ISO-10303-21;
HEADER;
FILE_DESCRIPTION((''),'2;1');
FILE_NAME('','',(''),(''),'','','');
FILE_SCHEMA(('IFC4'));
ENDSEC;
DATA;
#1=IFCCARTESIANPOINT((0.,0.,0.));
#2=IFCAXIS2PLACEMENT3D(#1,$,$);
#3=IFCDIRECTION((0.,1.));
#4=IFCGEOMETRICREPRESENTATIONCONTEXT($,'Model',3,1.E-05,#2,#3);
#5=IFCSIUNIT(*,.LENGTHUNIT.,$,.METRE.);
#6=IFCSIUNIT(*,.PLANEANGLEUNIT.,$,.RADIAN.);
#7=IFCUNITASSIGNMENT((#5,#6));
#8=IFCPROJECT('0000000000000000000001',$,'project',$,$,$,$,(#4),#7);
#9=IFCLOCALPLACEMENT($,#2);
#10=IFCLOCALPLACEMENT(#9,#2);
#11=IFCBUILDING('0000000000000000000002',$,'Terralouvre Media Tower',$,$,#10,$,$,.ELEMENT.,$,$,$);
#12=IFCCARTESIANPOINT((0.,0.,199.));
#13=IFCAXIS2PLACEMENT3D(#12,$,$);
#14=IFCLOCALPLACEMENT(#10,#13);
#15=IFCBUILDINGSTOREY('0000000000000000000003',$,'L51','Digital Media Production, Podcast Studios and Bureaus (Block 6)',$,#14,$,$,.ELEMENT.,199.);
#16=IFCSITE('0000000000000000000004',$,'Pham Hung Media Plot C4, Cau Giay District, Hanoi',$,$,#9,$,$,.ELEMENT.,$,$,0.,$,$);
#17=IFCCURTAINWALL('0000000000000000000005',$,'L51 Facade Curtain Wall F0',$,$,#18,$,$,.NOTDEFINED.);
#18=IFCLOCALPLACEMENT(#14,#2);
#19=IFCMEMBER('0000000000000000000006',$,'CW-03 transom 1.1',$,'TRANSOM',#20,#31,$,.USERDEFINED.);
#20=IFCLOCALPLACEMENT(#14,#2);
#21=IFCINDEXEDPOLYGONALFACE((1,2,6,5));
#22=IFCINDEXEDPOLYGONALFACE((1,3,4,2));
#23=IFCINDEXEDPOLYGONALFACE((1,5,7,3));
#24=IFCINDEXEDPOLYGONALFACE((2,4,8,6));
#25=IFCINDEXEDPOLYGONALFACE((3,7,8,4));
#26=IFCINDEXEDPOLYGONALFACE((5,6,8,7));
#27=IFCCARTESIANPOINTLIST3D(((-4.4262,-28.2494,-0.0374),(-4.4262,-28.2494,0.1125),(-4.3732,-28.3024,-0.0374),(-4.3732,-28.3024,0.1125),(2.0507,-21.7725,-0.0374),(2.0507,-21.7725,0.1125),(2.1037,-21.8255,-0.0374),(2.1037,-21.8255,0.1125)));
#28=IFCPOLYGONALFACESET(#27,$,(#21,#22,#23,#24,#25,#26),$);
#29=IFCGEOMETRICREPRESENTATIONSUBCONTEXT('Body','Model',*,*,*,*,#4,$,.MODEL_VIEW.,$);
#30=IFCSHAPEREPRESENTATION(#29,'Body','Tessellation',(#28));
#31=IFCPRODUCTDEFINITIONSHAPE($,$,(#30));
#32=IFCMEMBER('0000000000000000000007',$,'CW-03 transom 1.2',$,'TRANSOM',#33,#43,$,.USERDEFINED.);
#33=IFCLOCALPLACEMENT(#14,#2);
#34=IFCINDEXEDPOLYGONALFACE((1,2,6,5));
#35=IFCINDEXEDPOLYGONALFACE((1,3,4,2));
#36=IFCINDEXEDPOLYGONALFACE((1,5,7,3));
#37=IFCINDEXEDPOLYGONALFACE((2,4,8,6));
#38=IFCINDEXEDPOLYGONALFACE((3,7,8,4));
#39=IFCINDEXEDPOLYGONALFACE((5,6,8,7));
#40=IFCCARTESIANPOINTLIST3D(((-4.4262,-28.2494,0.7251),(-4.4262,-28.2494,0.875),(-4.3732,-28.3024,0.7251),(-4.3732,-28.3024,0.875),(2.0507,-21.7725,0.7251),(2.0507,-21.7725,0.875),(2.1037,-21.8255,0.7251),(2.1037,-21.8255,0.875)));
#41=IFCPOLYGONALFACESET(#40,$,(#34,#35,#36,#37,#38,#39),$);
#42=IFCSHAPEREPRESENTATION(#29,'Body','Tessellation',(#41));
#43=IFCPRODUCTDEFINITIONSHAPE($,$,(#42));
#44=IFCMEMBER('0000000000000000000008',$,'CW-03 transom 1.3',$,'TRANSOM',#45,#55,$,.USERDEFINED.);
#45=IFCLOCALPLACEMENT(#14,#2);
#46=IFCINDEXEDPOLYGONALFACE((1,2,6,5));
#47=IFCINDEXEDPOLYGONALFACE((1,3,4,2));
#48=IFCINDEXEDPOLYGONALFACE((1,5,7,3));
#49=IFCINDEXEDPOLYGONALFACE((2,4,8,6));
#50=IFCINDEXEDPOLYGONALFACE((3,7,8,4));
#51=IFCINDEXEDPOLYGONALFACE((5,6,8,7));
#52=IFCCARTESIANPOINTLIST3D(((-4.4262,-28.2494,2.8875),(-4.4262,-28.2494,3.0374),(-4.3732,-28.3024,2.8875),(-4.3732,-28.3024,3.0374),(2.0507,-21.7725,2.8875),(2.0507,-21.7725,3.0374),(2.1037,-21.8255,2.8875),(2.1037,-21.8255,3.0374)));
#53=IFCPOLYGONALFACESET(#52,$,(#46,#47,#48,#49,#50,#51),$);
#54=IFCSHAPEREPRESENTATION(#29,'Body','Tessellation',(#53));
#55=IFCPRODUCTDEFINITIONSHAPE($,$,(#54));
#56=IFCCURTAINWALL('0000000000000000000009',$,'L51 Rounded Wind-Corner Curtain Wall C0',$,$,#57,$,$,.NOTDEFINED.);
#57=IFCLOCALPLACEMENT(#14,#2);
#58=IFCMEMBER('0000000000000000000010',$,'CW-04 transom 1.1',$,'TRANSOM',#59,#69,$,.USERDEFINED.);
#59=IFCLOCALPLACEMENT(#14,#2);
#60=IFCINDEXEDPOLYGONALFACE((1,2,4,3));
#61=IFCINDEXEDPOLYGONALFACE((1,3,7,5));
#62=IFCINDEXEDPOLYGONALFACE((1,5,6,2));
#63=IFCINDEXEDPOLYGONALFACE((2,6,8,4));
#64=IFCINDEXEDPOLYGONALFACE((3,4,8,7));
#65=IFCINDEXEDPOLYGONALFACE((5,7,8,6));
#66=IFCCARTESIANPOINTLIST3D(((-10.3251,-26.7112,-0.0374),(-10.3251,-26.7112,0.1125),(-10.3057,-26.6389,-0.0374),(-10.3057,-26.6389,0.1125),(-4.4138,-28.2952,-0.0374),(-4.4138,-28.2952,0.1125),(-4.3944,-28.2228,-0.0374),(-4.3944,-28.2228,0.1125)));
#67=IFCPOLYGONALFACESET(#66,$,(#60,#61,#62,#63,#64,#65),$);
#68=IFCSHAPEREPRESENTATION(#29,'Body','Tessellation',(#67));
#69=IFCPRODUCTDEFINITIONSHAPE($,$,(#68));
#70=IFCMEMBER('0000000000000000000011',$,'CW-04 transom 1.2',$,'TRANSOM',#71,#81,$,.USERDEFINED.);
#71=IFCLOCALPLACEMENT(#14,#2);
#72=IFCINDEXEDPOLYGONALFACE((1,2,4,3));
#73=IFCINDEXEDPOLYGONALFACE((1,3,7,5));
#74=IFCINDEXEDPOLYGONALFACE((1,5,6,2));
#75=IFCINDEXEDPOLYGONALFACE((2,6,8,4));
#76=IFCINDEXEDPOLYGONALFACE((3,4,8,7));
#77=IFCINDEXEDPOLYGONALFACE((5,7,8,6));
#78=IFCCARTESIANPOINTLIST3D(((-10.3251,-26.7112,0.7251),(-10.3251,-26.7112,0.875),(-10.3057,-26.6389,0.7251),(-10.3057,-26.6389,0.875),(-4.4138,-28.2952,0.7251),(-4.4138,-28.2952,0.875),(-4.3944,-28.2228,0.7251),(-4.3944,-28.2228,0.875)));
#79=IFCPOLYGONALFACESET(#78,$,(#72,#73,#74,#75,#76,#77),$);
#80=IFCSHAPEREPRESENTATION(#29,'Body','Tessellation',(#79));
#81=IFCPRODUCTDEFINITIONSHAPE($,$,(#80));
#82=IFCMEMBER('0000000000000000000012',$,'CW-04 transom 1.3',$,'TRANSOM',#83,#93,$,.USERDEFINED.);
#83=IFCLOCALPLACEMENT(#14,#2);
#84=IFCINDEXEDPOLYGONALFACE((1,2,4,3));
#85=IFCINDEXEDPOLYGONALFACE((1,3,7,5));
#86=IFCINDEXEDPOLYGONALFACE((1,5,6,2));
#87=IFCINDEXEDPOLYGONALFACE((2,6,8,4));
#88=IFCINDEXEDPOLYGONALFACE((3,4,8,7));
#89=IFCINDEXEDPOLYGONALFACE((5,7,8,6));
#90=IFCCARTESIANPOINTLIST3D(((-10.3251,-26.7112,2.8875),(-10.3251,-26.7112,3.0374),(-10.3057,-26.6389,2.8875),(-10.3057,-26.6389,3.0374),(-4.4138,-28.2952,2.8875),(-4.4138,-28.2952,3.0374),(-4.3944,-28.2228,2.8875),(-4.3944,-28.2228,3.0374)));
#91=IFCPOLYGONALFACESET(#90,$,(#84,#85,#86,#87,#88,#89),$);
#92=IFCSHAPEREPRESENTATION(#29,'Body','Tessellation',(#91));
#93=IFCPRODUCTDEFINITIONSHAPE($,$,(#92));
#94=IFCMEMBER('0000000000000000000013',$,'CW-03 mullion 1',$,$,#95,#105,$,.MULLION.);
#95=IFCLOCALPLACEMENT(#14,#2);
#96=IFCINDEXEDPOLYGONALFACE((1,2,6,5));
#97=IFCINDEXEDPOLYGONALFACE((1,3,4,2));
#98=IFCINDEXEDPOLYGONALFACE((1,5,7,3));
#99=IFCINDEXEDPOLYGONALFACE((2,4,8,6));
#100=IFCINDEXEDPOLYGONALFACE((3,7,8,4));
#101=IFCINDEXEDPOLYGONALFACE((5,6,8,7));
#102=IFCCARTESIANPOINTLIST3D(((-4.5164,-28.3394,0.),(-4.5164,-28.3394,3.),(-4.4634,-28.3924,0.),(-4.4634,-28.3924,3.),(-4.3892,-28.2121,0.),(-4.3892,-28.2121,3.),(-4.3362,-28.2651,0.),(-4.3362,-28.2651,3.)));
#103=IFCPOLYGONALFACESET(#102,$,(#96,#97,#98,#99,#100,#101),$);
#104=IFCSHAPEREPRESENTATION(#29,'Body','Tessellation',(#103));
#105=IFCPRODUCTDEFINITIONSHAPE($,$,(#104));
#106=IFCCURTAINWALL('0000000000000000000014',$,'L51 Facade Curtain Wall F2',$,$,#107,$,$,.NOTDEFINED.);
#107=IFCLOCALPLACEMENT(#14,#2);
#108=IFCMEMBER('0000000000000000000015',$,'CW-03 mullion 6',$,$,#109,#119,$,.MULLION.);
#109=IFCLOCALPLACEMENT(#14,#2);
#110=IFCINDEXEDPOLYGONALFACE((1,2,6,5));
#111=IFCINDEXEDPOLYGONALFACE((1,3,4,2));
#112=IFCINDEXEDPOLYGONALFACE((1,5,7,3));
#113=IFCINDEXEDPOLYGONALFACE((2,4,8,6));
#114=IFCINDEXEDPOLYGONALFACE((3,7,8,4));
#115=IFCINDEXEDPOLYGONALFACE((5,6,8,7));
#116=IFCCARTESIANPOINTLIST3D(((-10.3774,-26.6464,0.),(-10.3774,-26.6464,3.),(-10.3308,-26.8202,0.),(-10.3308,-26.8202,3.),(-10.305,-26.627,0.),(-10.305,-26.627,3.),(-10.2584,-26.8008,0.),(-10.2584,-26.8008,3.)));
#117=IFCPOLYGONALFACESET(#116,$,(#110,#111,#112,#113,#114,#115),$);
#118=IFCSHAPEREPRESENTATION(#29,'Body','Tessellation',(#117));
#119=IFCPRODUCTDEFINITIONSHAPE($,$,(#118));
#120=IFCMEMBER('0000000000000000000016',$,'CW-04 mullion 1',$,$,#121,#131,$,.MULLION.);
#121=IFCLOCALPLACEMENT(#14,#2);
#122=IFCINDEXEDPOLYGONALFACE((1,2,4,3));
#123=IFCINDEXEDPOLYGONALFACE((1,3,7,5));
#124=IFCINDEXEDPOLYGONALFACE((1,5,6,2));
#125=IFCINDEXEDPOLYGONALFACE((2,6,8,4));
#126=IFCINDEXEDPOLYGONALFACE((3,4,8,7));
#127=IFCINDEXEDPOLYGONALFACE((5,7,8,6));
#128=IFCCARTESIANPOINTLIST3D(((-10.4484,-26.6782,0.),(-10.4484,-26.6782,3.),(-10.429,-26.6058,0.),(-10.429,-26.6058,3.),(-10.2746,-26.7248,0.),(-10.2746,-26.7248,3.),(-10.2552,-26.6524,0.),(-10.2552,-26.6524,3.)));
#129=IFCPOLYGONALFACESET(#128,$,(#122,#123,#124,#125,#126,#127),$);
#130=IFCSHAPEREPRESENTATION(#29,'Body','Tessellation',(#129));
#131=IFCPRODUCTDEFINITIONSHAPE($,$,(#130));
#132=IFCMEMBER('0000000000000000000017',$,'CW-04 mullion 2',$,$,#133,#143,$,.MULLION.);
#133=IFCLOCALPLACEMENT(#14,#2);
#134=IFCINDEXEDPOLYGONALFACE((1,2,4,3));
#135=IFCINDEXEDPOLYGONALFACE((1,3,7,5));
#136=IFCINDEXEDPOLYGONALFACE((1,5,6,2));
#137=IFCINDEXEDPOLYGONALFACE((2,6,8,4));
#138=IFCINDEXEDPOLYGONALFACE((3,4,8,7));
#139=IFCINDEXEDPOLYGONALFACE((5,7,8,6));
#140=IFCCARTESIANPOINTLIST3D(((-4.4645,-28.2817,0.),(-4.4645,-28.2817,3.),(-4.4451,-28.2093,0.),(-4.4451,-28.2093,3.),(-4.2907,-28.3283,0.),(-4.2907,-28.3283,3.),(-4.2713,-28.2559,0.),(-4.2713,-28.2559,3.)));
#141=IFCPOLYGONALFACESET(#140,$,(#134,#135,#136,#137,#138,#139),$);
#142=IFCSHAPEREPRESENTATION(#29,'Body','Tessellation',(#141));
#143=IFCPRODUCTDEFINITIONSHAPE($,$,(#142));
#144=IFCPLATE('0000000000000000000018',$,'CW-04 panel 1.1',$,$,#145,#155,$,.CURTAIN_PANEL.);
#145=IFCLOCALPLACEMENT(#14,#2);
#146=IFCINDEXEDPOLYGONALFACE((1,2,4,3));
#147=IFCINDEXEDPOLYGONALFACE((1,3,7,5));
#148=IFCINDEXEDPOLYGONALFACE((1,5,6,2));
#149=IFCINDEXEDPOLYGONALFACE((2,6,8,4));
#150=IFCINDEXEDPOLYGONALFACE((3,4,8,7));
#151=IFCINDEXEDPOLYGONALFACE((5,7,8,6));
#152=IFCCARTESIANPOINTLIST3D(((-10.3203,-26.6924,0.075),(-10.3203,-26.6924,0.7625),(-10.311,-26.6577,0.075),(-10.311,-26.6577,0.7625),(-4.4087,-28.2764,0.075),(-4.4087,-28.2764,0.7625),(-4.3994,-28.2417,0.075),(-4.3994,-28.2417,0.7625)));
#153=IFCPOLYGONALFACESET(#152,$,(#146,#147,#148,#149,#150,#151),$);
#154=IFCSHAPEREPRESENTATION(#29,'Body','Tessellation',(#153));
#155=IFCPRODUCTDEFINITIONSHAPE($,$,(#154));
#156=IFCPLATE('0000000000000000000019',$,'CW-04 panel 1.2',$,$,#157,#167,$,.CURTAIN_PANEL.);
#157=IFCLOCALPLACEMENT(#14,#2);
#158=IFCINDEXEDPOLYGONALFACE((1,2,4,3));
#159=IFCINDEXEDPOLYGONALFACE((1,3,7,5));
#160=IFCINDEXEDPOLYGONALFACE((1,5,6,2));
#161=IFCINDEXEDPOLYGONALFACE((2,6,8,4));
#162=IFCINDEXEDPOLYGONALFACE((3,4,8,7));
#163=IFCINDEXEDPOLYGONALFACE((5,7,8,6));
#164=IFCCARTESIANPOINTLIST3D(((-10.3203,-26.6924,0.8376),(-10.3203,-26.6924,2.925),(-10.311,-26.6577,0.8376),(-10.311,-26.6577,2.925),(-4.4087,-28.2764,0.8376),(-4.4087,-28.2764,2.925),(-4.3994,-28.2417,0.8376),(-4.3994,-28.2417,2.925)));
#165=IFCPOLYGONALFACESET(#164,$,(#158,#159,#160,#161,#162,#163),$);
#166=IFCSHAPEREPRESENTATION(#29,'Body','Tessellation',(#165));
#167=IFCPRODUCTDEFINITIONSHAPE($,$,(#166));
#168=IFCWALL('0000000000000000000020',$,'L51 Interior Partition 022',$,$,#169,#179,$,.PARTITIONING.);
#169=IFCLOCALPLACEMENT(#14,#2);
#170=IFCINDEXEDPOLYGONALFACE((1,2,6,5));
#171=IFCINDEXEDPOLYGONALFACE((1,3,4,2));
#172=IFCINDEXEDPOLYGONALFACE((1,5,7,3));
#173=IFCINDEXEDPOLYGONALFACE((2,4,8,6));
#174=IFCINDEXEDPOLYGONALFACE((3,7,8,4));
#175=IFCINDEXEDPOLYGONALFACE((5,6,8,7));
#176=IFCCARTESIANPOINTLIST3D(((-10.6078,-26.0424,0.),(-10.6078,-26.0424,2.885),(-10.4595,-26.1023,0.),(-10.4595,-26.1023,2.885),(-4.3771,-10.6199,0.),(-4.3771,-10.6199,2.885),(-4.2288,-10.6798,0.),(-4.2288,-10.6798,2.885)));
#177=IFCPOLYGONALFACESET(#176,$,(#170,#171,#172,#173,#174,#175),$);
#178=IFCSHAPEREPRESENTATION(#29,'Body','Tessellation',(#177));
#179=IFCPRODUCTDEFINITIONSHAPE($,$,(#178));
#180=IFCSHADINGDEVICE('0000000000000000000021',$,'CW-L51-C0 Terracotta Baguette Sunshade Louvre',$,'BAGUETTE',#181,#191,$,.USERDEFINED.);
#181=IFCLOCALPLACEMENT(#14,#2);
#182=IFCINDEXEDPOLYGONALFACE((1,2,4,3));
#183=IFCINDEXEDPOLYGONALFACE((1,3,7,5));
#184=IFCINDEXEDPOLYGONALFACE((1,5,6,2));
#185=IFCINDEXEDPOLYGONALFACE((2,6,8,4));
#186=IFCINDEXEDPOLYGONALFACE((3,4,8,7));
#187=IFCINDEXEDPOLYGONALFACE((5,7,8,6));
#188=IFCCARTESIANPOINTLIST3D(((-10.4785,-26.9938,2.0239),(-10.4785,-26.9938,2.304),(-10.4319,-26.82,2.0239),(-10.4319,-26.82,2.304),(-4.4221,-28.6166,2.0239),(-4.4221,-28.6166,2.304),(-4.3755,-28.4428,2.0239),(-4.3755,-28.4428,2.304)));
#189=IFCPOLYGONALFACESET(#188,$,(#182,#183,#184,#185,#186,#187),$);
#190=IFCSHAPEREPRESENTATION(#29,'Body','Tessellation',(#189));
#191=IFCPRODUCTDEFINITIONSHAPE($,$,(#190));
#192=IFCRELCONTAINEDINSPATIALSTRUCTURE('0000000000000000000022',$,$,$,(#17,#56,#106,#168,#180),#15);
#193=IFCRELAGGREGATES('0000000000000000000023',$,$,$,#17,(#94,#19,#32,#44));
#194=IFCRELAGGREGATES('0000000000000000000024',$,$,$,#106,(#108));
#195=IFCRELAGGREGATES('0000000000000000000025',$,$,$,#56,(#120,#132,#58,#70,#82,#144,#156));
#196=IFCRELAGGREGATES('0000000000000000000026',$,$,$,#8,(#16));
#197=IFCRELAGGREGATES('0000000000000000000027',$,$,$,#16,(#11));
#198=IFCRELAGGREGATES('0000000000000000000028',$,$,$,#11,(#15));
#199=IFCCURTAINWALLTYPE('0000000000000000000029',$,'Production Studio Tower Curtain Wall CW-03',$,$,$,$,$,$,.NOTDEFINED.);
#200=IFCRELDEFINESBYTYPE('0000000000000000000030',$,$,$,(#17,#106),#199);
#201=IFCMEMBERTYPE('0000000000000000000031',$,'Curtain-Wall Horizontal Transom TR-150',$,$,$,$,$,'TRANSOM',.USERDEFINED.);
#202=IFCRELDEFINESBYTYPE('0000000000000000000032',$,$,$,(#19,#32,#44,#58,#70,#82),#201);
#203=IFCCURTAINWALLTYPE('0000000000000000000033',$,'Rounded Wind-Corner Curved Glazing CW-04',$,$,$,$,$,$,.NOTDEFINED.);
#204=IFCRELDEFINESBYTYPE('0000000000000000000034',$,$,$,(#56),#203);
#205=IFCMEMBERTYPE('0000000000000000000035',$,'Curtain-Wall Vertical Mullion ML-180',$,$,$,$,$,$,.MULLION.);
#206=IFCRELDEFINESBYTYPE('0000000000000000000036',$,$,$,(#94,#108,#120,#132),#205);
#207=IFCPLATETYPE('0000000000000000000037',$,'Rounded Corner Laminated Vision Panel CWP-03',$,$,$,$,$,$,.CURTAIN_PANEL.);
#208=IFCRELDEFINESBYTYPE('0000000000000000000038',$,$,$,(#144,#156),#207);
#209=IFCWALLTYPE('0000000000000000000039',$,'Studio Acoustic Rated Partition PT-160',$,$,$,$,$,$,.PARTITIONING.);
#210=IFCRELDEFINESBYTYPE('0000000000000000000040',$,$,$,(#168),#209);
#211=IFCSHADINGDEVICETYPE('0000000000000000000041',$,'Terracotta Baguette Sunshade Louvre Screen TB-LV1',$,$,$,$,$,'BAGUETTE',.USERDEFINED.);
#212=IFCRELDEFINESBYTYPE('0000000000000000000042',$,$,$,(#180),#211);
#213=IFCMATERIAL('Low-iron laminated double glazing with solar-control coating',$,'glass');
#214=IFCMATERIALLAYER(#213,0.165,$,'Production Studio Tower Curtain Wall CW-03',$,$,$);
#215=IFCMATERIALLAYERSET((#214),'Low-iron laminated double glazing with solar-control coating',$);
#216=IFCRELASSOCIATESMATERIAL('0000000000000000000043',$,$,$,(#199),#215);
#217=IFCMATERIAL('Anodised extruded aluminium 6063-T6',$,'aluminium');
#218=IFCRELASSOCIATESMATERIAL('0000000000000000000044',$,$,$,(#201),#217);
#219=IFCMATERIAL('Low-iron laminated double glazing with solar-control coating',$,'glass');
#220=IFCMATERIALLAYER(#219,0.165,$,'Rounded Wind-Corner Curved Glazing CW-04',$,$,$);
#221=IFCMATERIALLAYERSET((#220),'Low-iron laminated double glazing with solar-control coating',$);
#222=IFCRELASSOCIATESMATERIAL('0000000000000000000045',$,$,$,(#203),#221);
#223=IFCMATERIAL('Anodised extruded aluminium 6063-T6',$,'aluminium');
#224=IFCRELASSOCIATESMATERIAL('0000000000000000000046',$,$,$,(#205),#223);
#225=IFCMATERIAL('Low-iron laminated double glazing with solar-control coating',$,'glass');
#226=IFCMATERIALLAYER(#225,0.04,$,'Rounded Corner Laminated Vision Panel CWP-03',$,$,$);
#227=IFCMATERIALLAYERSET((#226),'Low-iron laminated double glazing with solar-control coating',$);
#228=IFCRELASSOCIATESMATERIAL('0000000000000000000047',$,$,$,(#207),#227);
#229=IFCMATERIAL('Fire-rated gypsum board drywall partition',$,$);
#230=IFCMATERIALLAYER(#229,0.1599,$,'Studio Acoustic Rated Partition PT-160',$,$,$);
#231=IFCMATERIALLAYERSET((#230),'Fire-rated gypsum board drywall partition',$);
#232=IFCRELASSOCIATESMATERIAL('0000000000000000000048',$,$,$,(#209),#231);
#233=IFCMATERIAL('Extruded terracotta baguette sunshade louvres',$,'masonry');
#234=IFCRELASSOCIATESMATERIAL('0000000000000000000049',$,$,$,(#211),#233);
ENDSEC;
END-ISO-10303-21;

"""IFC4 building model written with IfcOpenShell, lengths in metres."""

from ifc_helpers import new_model, si_unit, direction, frame, frame_2d, origin, origin_2d, place, context, subcontext, project, spatial, rectangle, extrude, material, layer, layer_set, material_profile, profile_set, type_object, element, aggregate, save


model = new_model("IFC4")

# Units and contexts
model_context = context("Model", 3, precision=1e-05, world=origin(), true_north=direction((0.0, 1.0)))
body_context = subcontext(model_context, "Body", "Model", "MODEL_VIEW")
ifc_project = project(units=[si_unit("LENGTHUNIT", "METRE"), si_unit("PLANEANGLEUNIT", "RADIAN")], contexts=[model_context])

# Site, building, storey
site_placement = place(None, origin())
site = spatial("IfcSite", under=ifc_project, at=site_placement, Name="Pham Hung Media Plot C4, Cau Giay District, Hanoi", CompositionType="ELEMENT", RefElevation=0.0)
building_placement = place(site_placement, origin())
building = spatial("IfcBuilding", under=site, at=building_placement, Name="Terralouvre Media Tower", CompositionType="ELEMENT")
storey_placement = place(building_placement, frame((0.0, 0.0, 199.0)))
storey = spatial("IfcBuildingStorey", under=building, at=storey_placement, Name="L51", Description="Digital Media Production, Podcast Studios and Bureaus (Block 6)", CompositionType="ELEMENT", Elevation=199.0)

# Curtain walls, members
ifc_material_1 = material(Name="Low-iron laminated double glazing with solar-control coating", Category="glass")
ifc_layer_1 = layer(ifc_material_1, 0.165, Name="Production Studio Tower Curtain Wall CW-03")
ifc_layer_set_1 = layer_set([ifc_layer_1], Name="Low-iron laminated double glazing with solar-control coating")
curtain_wall_type_1 = type_object("IfcCurtainWallType", Name="Production Studio Tower Curtain Wall CW-03", PredefinedType="NOTDEFINED", material=ifc_layer_set_1)
curtain_wall_1_placement = place(storey_placement, origin())
curtain_wall_1 = element("IfcCurtainWall", 1, at=curtain_wall_1_placement, inside=storey, type_object=curtain_wall_type_1, Name="L51 Facade Curtain Wall F0", PredefinedType="NOTDEFINED")
ifc_material_2 = material(Name="Anodised extruded aluminium 6063-T6", Category="aluminium")
ifc_material_profile_1 = material_profile(ifc_material_2, rectangle(XDim=0.075, YDim=0.1499, at=origin_2d()), Name="ALU 75x150")
ifc_profile_set_1 = profile_set([ifc_material_profile_1], Name="Anodised extruded aluminium 6063-T6")
member_type_1 = type_object("IfcMemberType", Name="Curtain-Wall Horizontal Transom TR-150", ElementType="TRANSOM", PredefinedType="USERDEFINED", material=ifc_profile_set_1)
member_1_placement = place(storey_placement, frame((-4.3997, -28.2759, 0.0376), z_axis=(0.707107, 0.707107, 0.0), x_axis=(-0.707107, 0.707107, 0.0)))
member_1 = element("IfcMember", 2, at=member_1_placement, type_object=member_type_1, Name="CW-03 transom 1.1", ObjectType="TRANSOM", PredefinedType="USERDEFINED", context=body_context, shape_type="SweptSolid", body=[
    extrude(rectangle(XDim=0.075, YDim=0.1499, at=origin_2d()), origin(), (0.0, 0.0, 1.0), 9.1597),
])
member_2_placement = place(storey_placement, frame((-4.3997, -28.2759, 0.8), z_axis=(0.707107, 0.707107, 0.0), x_axis=(-0.707107, 0.707107, 0.0)))
member_2 = element("IfcMember", 3, at=member_2_placement, type_object=member_type_1, Name="CW-03 transom 1.2", ObjectType="TRANSOM", PredefinedType="USERDEFINED", context=body_context, shape_type="SweptSolid", body=[
    extrude(rectangle(XDim=0.075, YDim=0.1499, at=origin_2d()), origin(), (0.0, 0.0, 1.0), 9.1597),
])
member_3_placement = place(storey_placement, frame((-4.3997, -28.2759, 2.9624), z_axis=(0.707107, 0.707107, 0.0), x_axis=(-0.707107, 0.707107, 0.0)))
member_3 = element("IfcMember", 4, at=member_3_placement, type_object=member_type_1, Name="CW-03 transom 1.3", ObjectType="TRANSOM", PredefinedType="USERDEFINED", context=body_context, shape_type="SweptSolid", body=[
    extrude(rectangle(XDim=0.075, YDim=0.1499, at=origin_2d()), origin(), (0.0, 0.0, 1.0), 9.1597),
])
ifc_material_3 = material(Name="Low-iron laminated double glazing with solar-control coating", Category="glass")
ifc_layer_2 = layer(ifc_material_3, 0.165, Name="Rounded Wind-Corner Curved Glazing CW-04")
ifc_layer_set_2 = layer_set([ifc_layer_2], Name="Low-iron laminated double glazing with solar-control coating")
curtain_wall_type_2 = type_object("IfcCurtainWallType", Name="Rounded Wind-Corner Curved Glazing CW-04", PredefinedType="NOTDEFINED", material=ifc_layer_set_2)
curtain_wall_2_placement = place(storey_placement, origin())
curtain_wall_2 = element("IfcCurtainWall", 5, at=curtain_wall_2_placement, inside=storey, type_object=curtain_wall_type_2, Name="L51 Rounded Wind-Corner Curtain Wall C0", PredefinedType="NOTDEFINED")
member_4_placement = place(storey_placement, frame((-10.3154, -26.675, 0.0376), z_axis=(0.965924, -0.258824, 0.0), x_axis=(0.258824, 0.965924, 0.0)))
member_4 = element("IfcMember", 6, at=member_4_placement, type_object=member_type_1, Name="CW-04 transom 1.1", ObjectType="TRANSOM", PredefinedType="USERDEFINED", context=body_context, shape_type="SweptSolid", body=[
    extrude(rectangle(XDim=0.075, YDim=0.1499, at=origin_2d()), origin(), (0.0, 0.0, 1.0), 6.1199),
])
member_5_placement = place(storey_placement, frame((-10.3154, -26.675, 0.8), z_axis=(0.965924, -0.258824, 0.0), x_axis=(0.258824, 0.965924, 0.0)))
member_5 = element("IfcMember", 7, at=member_5_placement, type_object=member_type_1, Name="CW-04 transom 1.2", ObjectType="TRANSOM", PredefinedType="USERDEFINED", context=body_context, shape_type="SweptSolid", body=[
    extrude(rectangle(XDim=0.075, YDim=0.1499, at=origin_2d()), origin(), (0.0, 0.0, 1.0), 6.1199),
])
member_6_placement = place(storey_placement, frame((-10.3154, -26.675, 2.9624), z_axis=(0.965924, -0.258824, 0.0), x_axis=(0.258824, 0.965924, 0.0)))
member_6 = element("IfcMember", 8, at=member_6_placement, type_object=member_type_1, Name="CW-04 transom 1.3", ObjectType="TRANSOM", PredefinedType="USERDEFINED", context=body_context, shape_type="SweptSolid", body=[
    extrude(rectangle(XDim=0.075, YDim=0.1499, at=origin_2d()), origin(), (0.0, 0.0, 1.0), 6.1199),
])

# Member
ifc_material_4 = material(Name="Anodised extruded aluminium 6063-T6", Category="aluminium")
ifc_material_profile_2 = material_profile(ifc_material_4, rectangle(XDim=0.075, YDim=0.1799, at=origin_2d()), Name="ALU 75x180")
ifc_profile_set_2 = profile_set([ifc_material_profile_2], Name="Anodised extruded aluminium 6063-T6")
member_type_2 = type_object("IfcMemberType", Name="Curtain-Wall Vertical Mullion ML-180", PredefinedType="MULLION", material=ifc_profile_set_2)
member_7_placement = place(storey_placement, frame((-4.4263, -28.3022, 0.0), z_axis=(0.0, 0.0, 1.0), x_axis=(-0.707107, 0.707107, 0.0)))
member_7 = element("IfcMember", 9, at=member_7_placement, type_object=member_type_2, Name="CW-03 mullion 1", PredefinedType="MULLION", context=body_context, shape_type="SweptSolid", body=[
    extrude(rectangle(XDim=0.075, YDim=0.1799, at=origin_2d()), origin(), (0.0, 0.0, 1.0), 3.0),
])
aggregate(curtain_wall_1, [member_7, member_1, member_2, member_3])

# Curtain wall, member
curtain_wall_3_placement = place(storey_placement, origin())
curtain_wall_3 = element("IfcCurtainWall", 10, at=curtain_wall_3_placement, inside=storey, type_object=curtain_wall_type_1, Name="L51 Facade Curtain Wall F2", PredefinedType="NOTDEFINED")
member_8_placement = place(storey_placement, frame((-10.3179, -26.7236, 0.0), z_axis=(0.0, 0.0, 1.0), x_axis=(0.965926, 0.258819, 0.0)))
member_8 = element("IfcMember", 11, at=member_8_placement, type_object=member_type_2, Name="CW-03 mullion 6", PredefinedType="MULLION", context=body_context, shape_type="SweptSolid", body=[
    extrude(rectangle(XDim=0.075, YDim=0.1799, at=origin_2d()), origin(), (0.0, 0.0, 1.0), 3.0),
])
aggregate(curtain_wall_3, [member_8])

# Members
member_9_placement = place(storey_placement, frame((-10.3518, -26.6653, 0.0), z_axis=(0.0, 0.0, 1.0), x_axis=(0.258819, 0.965926, 0.0)))
member_9 = element("IfcMember", 12, at=member_9_placement, type_object=member_type_2, Name="CW-04 mullion 1", PredefinedType="MULLION", context=body_context, shape_type="SweptSolid", body=[
    extrude(rectangle(XDim=0.075, YDim=0.1799, at=origin_2d()), origin(), (0.0, 0.0, 1.0), 3.0),
])
member_10_placement = place(storey_placement, frame((-4.3679, -28.2688, 0.0), z_axis=(0.0, 0.0, 1.0), x_axis=(0.258819, 0.965926, 0.0)))
member_10 = element("IfcMember", 13, at=member_10_placement, type_object=member_type_2, Name="CW-04 mullion 2", PredefinedType="MULLION", context=body_context, shape_type="SweptSolid", body=[
    extrude(rectangle(XDim=0.075, YDim=0.1799, at=origin_2d()), origin(), (0.0, 0.0, 1.0), 3.0),
])

# Plates
ifc_material_5 = material(Name="Low-iron laminated double glazing with solar-control coating", Category="glass")
ifc_layer_3 = layer(ifc_material_5, 0.04, Name="Rounded Corner Laminated Vision Panel CWP-03")
ifc_layer_set_3 = layer_set([ifc_layer_3], Name="Low-iron laminated double glazing with solar-control coating")
plate_type = type_object("IfcPlateType", Name="Rounded Corner Laminated Vision Panel CWP-03", PredefinedType="CURTAIN_PANEL", material=ifc_layer_set_3)
plate_1_placement = place(storey_placement, frame((-7.3599, -27.467, 0.075), z_axis=(0.0, 0.0, 1.0), x_axis=(0.965926, -0.258819, 0.0)))
plate_1 = element("IfcPlate", 14, at=plate_1_placement, type_object=plate_type, Name="CW-04 panel 1.1", PredefinedType="CURTAIN_PANEL", context=body_context, shape_type="SweptSolid", body=[
    extrude(rectangle(XDim=6.1201, YDim=0.0359, at=origin_2d()), origin(), (0.0, 0.0, 1.0), 0.6875),
])
plate_2_placement = place(storey_placement, frame((-7.3599, -27.467, 0.8376), z_axis=(0.0, 0.0, 1.0), x_axis=(0.965926, -0.258819, 0.0)))
plate_2 = element("IfcPlate", 15, at=plate_2_placement, type_object=plate_type, Name="CW-04 panel 1.2", PredefinedType="CURTAIN_PANEL", context=body_context, shape_type="SweptSolid", body=[
    extrude(rectangle(XDim=6.1201, YDim=0.0359, at=origin_2d()), origin(), (0.0, 0.0, 1.0), 2.0874),
])
aggregate(curtain_wall_2, [member_9, member_10, member_4, member_5, member_6, plate_1, plate_2])

# Wall
ifc_material_6 = material(Name="Fire-rated gypsum board drywall partition")
ifc_layer_4 = layer(ifc_material_6, 0.1599, Name="Studio Acoustic Rated Partition PT-160")
ifc_layer_set_4 = layer_set([ifc_layer_4], Name="Fire-rated gypsum board drywall partition")
wall_type = type_object("IfcWallType", Name="Studio Acoustic Rated Partition PT-160", PredefinedType="PARTITIONING", material=ifc_layer_set_4)
wall_placement = place(storey_placement, frame((-10.5337, -26.0725, 0.0), z_axis=(0.0, 0.0, 1.0), x_axis=(0.374585, 0.927193, 0.0)))
element("IfcWall", 16, at=wall_placement, inside=storey, type_object=wall_type, Name="L51 Interior Partition 022", PredefinedType="PARTITIONING", context=body_context, shape_type="SweptSolid", body=[
    extrude(rectangle(XDim=16.6335, YDim=0.1599, at=frame_2d((8.3169, 0.0))), origin(), (0.0, 0.0, 1.0), 2.885),
])

# Shading device
ifc_material_7 = material(Name="Extruded terracotta baguette sunshade louvres", Category="masonry")
shading_device_type = type_object("IfcShadingDeviceType", Name="Terracotta Baguette Sunshade Louvre Screen TB-LV1", ElementType="BAGUETTE", PredefinedType="USERDEFINED", material=ifc_material_7)
shading_device_placement = place(storey_placement, frame((-7.427, -27.7183, 2.0239), z_axis=(0.0, 0.0, 1.0), x_axis=(0.965926, -0.258819, 0.0)))
element("IfcShadingDevice", 17, at=shading_device_placement, inside=storey, type_object=shading_device_type, Name="CW-L51-C0 Terracotta Baguette Sunshade Louvre", ObjectType="BAGUETTE", PredefinedType="USERDEFINED", context=body_context, shape_type="SweptSolid", body=[
    extrude(rectangle(XDim=6.27, YDim=0.1799, at=origin_2d()), origin(), (0.0, 0.0, 1.0), 0.28),
])

save(model, "model.ifc")
